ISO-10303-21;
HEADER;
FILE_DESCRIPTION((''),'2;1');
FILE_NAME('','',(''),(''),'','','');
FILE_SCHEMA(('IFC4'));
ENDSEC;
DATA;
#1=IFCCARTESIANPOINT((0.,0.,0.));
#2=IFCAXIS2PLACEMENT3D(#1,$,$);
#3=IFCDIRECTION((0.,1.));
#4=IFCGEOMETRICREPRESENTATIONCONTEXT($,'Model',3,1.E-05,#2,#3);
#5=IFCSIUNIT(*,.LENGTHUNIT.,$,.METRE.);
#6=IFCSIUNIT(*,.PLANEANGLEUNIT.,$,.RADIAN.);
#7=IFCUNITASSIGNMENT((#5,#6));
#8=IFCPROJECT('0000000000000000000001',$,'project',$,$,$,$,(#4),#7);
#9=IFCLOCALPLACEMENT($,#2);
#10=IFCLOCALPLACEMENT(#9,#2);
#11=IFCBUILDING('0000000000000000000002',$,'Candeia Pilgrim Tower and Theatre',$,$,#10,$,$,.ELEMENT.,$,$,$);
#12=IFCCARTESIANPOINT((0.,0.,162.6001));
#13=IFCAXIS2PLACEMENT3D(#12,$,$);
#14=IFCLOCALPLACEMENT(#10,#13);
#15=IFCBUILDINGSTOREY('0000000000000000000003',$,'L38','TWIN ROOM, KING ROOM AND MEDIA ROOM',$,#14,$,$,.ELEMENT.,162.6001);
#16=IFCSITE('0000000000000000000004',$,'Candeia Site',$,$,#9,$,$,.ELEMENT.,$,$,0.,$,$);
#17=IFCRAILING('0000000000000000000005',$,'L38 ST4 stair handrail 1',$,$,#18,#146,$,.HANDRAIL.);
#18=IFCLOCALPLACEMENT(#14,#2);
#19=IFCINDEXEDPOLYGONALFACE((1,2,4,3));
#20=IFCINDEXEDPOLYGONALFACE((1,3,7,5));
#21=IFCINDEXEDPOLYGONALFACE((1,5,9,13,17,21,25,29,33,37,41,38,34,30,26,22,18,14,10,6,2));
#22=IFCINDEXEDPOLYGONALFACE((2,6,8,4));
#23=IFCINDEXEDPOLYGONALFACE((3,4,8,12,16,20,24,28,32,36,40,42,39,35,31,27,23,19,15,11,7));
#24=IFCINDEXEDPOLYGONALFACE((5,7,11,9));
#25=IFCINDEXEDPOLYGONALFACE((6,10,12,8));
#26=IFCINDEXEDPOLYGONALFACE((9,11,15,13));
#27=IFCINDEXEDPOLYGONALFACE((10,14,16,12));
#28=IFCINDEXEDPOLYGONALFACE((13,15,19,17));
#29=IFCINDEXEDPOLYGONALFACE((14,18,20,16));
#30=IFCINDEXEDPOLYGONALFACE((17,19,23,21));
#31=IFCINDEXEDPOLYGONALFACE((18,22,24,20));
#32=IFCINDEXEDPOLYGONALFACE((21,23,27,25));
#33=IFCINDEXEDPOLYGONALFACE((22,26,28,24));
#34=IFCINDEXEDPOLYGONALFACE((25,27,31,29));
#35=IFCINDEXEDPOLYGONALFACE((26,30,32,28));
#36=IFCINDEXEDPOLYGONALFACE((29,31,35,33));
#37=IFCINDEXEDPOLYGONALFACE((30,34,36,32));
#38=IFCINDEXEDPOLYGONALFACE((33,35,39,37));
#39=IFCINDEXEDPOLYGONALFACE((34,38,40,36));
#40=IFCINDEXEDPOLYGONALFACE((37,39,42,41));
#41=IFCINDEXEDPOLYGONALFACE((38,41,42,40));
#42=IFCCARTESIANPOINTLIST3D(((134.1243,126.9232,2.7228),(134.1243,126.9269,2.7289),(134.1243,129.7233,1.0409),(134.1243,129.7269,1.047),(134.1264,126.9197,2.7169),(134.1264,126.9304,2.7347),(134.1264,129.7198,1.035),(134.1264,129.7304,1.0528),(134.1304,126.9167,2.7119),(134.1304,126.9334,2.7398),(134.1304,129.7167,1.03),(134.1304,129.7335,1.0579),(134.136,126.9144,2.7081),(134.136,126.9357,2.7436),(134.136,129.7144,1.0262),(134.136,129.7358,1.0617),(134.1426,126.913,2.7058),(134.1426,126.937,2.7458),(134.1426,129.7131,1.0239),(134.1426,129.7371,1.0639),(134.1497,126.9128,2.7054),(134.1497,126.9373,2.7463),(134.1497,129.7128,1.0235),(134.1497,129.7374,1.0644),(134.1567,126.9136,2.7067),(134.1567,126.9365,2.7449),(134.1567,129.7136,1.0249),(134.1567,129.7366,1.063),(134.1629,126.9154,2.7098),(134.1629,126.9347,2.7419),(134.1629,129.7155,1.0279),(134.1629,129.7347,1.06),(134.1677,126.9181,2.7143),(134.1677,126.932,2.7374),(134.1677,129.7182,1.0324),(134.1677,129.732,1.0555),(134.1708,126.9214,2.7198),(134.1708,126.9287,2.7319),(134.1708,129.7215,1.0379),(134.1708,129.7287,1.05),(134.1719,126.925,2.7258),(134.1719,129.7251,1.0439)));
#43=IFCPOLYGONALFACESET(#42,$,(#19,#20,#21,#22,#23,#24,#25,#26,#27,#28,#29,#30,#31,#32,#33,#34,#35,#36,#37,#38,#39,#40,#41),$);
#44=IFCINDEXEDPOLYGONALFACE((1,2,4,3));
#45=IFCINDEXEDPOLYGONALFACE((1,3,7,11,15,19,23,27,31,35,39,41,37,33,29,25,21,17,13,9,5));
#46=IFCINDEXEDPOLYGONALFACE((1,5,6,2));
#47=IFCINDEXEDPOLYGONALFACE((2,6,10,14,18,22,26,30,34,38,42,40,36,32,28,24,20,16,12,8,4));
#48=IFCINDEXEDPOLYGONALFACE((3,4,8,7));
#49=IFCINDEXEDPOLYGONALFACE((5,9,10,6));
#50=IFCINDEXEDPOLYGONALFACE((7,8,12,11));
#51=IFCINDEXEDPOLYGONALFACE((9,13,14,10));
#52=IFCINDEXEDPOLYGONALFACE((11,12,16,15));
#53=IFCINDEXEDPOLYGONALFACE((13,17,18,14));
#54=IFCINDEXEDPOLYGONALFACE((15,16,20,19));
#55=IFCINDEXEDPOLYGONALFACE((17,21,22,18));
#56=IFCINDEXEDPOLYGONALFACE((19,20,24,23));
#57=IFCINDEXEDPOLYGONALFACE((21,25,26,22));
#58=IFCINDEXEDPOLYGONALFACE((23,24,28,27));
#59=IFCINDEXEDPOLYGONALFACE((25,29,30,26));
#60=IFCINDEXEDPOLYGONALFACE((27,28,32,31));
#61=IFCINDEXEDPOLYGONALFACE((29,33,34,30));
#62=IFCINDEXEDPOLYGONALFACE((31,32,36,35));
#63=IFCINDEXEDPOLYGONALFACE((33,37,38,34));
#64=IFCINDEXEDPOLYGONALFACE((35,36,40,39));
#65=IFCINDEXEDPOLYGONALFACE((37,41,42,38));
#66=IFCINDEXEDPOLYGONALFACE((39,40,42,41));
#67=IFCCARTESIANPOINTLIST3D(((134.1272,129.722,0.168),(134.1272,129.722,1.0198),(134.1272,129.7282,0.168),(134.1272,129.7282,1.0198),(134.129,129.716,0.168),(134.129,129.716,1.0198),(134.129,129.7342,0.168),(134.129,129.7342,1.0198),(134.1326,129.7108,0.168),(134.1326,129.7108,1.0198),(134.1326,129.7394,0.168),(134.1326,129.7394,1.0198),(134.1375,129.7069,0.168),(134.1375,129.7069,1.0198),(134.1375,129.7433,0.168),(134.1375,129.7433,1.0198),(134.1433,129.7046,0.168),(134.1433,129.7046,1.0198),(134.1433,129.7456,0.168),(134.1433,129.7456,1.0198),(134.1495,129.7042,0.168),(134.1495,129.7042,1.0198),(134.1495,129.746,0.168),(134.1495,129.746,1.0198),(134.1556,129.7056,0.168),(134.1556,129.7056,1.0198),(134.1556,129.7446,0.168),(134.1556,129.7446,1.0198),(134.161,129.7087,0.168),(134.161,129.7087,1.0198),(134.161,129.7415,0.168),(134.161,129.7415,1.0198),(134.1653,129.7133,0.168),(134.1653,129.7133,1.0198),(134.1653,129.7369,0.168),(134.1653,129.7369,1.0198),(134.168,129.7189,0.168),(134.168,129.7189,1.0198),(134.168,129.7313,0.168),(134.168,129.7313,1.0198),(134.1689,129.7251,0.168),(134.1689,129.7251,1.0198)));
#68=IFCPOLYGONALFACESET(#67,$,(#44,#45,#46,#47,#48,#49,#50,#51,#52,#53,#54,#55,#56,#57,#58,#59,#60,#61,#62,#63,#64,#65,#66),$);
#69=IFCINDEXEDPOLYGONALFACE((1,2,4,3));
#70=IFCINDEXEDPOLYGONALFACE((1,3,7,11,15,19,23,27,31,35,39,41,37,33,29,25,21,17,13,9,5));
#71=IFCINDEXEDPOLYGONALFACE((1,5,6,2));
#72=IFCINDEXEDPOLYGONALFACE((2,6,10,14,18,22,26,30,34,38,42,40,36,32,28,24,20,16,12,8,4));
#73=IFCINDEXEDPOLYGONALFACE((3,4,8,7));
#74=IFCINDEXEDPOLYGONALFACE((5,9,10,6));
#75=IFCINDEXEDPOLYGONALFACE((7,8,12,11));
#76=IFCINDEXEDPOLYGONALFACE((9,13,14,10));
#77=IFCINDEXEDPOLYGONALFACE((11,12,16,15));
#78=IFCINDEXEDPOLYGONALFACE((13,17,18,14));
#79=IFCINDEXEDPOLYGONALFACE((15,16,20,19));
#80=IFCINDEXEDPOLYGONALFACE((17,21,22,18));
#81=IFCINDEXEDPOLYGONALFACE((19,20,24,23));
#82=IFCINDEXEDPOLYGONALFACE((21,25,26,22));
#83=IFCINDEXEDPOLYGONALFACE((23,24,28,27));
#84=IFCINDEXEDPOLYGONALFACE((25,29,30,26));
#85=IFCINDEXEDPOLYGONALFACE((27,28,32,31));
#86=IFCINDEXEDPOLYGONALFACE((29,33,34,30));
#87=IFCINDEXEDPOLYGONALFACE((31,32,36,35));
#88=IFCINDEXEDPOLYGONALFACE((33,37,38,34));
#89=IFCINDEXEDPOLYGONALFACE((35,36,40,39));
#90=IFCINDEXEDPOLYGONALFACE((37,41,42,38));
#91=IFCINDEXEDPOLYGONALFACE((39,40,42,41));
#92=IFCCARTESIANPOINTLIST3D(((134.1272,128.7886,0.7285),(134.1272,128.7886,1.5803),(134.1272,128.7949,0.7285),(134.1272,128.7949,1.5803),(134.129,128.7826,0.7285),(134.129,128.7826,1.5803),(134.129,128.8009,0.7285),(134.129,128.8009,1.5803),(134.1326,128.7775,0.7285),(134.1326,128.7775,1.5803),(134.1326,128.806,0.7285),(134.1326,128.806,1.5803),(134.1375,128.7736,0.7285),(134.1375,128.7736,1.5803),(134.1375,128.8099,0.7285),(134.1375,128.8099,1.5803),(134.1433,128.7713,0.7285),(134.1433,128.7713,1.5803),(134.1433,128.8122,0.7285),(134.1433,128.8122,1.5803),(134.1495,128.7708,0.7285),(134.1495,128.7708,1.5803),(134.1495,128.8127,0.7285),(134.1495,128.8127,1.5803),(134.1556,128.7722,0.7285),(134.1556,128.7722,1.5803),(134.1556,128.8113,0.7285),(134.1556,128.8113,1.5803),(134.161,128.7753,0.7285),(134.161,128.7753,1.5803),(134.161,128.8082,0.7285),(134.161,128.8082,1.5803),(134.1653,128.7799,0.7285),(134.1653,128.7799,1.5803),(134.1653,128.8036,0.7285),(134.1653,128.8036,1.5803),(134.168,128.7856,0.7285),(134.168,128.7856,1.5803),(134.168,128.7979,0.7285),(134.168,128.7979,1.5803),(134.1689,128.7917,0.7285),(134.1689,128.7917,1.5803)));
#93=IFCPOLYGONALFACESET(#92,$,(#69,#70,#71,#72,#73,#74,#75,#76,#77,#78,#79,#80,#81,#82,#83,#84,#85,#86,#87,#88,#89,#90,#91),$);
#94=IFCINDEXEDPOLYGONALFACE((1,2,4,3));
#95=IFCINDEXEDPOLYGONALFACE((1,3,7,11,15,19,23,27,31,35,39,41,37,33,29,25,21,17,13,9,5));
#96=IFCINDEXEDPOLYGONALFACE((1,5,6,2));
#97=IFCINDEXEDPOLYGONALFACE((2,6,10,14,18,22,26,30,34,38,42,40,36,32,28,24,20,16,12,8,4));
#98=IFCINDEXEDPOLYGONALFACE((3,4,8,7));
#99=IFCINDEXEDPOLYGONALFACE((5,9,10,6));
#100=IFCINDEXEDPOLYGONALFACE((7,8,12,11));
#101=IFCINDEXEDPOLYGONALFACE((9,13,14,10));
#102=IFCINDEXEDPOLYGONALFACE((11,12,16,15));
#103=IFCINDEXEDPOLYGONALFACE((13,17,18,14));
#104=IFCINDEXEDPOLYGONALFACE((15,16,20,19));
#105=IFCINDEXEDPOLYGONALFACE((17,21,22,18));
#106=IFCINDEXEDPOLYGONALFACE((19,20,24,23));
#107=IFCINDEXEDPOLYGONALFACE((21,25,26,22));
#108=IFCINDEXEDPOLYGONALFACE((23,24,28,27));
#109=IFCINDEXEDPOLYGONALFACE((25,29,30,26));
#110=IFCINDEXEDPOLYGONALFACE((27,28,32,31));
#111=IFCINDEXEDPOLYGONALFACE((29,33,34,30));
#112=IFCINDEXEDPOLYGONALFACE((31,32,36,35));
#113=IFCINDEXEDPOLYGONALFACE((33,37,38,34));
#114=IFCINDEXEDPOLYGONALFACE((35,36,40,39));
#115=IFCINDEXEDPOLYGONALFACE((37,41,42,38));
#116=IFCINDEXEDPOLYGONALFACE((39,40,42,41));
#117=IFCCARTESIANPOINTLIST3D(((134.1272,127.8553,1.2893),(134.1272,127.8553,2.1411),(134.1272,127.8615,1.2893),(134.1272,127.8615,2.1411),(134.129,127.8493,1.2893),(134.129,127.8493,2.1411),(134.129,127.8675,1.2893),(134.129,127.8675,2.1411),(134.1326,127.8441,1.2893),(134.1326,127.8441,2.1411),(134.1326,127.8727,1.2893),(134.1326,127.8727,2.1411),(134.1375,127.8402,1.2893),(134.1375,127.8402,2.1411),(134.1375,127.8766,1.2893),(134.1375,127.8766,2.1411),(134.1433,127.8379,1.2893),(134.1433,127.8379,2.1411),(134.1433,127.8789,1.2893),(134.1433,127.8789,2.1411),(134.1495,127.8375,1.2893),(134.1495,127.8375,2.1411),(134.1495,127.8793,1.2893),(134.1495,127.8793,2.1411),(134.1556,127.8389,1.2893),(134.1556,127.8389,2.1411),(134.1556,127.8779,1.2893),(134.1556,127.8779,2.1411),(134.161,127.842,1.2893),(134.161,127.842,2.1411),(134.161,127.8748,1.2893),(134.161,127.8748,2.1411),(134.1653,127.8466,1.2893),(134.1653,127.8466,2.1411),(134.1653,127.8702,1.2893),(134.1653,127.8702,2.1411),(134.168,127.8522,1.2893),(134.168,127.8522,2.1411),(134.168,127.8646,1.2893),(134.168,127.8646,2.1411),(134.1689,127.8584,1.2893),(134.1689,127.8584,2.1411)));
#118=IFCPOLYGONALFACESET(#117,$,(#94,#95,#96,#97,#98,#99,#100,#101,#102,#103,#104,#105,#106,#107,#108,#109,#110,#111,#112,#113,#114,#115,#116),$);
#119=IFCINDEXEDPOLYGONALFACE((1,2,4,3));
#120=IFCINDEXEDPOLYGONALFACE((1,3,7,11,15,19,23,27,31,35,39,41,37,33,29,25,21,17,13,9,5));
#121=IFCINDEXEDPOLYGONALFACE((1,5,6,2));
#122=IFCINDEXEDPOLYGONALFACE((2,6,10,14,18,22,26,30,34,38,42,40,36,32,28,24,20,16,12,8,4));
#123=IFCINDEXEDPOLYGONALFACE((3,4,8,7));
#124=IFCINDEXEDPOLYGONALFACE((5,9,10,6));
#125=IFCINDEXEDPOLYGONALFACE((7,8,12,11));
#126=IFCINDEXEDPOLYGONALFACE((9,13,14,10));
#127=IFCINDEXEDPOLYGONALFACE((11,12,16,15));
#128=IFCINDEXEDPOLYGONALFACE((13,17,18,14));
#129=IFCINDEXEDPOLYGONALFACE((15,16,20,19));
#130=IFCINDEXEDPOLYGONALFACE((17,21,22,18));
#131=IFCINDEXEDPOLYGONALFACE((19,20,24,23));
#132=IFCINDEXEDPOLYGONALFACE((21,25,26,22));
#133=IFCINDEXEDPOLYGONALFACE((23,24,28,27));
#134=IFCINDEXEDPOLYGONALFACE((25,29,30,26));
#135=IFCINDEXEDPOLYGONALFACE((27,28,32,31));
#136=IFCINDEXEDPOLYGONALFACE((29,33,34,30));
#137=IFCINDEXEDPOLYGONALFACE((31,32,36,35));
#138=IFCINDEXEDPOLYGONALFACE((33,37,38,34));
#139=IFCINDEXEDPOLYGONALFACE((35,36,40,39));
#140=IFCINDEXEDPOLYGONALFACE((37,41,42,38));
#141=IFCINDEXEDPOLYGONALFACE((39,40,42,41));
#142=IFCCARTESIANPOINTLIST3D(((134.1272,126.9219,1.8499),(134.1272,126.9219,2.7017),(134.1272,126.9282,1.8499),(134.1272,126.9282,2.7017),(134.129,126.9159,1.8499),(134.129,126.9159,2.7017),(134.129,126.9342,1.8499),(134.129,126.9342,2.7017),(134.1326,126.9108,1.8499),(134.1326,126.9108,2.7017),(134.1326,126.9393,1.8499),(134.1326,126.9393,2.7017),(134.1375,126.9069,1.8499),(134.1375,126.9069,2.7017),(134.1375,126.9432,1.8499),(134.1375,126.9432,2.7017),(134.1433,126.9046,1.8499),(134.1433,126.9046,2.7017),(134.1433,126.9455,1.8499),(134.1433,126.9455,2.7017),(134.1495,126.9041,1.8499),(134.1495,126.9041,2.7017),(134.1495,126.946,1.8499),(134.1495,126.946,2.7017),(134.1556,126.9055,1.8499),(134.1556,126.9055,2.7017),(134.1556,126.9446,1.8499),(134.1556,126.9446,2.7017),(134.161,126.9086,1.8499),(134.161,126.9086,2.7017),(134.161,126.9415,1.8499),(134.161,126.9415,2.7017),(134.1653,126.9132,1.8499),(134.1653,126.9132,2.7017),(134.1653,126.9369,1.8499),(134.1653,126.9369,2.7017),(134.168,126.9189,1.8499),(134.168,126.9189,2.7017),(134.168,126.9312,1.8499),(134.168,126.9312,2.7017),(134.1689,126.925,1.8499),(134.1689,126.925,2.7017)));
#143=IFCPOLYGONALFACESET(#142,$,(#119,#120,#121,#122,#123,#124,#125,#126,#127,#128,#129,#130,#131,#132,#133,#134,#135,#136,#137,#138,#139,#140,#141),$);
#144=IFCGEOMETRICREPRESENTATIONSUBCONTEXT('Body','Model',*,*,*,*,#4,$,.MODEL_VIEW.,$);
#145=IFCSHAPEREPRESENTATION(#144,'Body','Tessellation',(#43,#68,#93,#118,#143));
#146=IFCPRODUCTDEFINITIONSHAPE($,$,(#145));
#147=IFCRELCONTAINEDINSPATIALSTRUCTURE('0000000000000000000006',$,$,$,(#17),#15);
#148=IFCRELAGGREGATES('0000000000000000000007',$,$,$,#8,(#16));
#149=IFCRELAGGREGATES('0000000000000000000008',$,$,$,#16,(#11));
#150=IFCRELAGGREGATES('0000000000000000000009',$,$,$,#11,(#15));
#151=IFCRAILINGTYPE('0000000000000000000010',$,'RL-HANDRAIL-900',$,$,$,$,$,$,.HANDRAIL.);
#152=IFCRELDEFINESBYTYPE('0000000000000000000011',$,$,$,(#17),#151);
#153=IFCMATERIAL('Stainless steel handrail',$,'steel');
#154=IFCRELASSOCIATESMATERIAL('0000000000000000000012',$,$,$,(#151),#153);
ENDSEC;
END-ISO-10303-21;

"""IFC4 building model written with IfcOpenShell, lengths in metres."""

from ifc_helpers import new_model, si_unit, direction, frame, origin, origin_2d, place, context, subcontext, project, spatial, circle, extrude, material, type_object, element, save


model = new_model("IFC4")

# Units and contexts
model_context = context("Model", 3, precision=1e-05, world=origin(), true_north=direction((0.0, 1.0)))
body_context = subcontext(model_context, "Body", "Model", "MODEL_VIEW")
ifc_project = project(units=[si_unit("LENGTHUNIT", "METRE"), si_unit("PLANEANGLEUNIT", "RADIAN")], contexts=[model_context])

# Site, building, storey
site_placement = place(None, origin())
site = spatial("IfcSite", under=ifc_project, at=site_placement, Name="Candeia Site", CompositionType="ELEMENT", RefElevation=0.0)
building_placement = place(site_placement, origin())
building = spatial("IfcBuilding", under=site, at=building_placement, Name="Candeia Pilgrim Tower and Theatre", CompositionType="ELEMENT")
storey_placement = place(building_placement, frame((0.0, 0.0, 162.6001)))
storey = spatial("IfcBuildingStorey", under=building, at=storey_placement, Name="L38", Description="TWIN ROOM, KING ROOM AND MEDIA ROOM", CompositionType="ELEMENT", Elevation=162.6001)

# Railing
ifc_material_1 = material(Name="Stainless steel handrail", Category="steel")
railing_type_1 = type_object("IfcRailingType", Name="RL-HANDRAIL-900", PredefinedType="HANDRAIL", material=ifc_material_1)
railing_1_placement = place(storey_placement, frame((134.1479, 129.7251, 0.168)))
element("IfcRailing", 1, at=railing_1_placement, inside=storey, type_object=railing_type_1, Name="L38 ST4 stair handrail 1", PredefinedType="HANDRAIL", context=body_context, shape_type="SweptSolid", body=[
    extrude(circle(Radius=0.0239, at=origin_2d()), frame((0.0, 0.0, 0.876), z_axis=(0.0, -0.857242, 0.514913), x_axis=(1.0, 0.0, 0.0)), (0.0, 0.0, 1.0), 3.2664),
    extrude(circle(Radius=0.021, at=origin_2d()), origin(), (0.0, 0.0, 1.0), 0.8518),
    extrude(circle(Radius=0.021, at=origin_2d()), frame((0.0, -0.9333, 0.5605)), (0.0, 0.0, 1.0), 0.8518),
    extrude(circle(Radius=0.021, at=origin_2d()), frame((0.0, -1.8667, 1.1213)), (0.0, 0.0, 1.0), 0.8518),
    extrude(circle(Radius=0.021, at=origin_2d()), frame((0.0, -2.8, 1.6819)), (0.0, 0.0, 1.0), 0.8518),
])

save(model, "model.ifc")
